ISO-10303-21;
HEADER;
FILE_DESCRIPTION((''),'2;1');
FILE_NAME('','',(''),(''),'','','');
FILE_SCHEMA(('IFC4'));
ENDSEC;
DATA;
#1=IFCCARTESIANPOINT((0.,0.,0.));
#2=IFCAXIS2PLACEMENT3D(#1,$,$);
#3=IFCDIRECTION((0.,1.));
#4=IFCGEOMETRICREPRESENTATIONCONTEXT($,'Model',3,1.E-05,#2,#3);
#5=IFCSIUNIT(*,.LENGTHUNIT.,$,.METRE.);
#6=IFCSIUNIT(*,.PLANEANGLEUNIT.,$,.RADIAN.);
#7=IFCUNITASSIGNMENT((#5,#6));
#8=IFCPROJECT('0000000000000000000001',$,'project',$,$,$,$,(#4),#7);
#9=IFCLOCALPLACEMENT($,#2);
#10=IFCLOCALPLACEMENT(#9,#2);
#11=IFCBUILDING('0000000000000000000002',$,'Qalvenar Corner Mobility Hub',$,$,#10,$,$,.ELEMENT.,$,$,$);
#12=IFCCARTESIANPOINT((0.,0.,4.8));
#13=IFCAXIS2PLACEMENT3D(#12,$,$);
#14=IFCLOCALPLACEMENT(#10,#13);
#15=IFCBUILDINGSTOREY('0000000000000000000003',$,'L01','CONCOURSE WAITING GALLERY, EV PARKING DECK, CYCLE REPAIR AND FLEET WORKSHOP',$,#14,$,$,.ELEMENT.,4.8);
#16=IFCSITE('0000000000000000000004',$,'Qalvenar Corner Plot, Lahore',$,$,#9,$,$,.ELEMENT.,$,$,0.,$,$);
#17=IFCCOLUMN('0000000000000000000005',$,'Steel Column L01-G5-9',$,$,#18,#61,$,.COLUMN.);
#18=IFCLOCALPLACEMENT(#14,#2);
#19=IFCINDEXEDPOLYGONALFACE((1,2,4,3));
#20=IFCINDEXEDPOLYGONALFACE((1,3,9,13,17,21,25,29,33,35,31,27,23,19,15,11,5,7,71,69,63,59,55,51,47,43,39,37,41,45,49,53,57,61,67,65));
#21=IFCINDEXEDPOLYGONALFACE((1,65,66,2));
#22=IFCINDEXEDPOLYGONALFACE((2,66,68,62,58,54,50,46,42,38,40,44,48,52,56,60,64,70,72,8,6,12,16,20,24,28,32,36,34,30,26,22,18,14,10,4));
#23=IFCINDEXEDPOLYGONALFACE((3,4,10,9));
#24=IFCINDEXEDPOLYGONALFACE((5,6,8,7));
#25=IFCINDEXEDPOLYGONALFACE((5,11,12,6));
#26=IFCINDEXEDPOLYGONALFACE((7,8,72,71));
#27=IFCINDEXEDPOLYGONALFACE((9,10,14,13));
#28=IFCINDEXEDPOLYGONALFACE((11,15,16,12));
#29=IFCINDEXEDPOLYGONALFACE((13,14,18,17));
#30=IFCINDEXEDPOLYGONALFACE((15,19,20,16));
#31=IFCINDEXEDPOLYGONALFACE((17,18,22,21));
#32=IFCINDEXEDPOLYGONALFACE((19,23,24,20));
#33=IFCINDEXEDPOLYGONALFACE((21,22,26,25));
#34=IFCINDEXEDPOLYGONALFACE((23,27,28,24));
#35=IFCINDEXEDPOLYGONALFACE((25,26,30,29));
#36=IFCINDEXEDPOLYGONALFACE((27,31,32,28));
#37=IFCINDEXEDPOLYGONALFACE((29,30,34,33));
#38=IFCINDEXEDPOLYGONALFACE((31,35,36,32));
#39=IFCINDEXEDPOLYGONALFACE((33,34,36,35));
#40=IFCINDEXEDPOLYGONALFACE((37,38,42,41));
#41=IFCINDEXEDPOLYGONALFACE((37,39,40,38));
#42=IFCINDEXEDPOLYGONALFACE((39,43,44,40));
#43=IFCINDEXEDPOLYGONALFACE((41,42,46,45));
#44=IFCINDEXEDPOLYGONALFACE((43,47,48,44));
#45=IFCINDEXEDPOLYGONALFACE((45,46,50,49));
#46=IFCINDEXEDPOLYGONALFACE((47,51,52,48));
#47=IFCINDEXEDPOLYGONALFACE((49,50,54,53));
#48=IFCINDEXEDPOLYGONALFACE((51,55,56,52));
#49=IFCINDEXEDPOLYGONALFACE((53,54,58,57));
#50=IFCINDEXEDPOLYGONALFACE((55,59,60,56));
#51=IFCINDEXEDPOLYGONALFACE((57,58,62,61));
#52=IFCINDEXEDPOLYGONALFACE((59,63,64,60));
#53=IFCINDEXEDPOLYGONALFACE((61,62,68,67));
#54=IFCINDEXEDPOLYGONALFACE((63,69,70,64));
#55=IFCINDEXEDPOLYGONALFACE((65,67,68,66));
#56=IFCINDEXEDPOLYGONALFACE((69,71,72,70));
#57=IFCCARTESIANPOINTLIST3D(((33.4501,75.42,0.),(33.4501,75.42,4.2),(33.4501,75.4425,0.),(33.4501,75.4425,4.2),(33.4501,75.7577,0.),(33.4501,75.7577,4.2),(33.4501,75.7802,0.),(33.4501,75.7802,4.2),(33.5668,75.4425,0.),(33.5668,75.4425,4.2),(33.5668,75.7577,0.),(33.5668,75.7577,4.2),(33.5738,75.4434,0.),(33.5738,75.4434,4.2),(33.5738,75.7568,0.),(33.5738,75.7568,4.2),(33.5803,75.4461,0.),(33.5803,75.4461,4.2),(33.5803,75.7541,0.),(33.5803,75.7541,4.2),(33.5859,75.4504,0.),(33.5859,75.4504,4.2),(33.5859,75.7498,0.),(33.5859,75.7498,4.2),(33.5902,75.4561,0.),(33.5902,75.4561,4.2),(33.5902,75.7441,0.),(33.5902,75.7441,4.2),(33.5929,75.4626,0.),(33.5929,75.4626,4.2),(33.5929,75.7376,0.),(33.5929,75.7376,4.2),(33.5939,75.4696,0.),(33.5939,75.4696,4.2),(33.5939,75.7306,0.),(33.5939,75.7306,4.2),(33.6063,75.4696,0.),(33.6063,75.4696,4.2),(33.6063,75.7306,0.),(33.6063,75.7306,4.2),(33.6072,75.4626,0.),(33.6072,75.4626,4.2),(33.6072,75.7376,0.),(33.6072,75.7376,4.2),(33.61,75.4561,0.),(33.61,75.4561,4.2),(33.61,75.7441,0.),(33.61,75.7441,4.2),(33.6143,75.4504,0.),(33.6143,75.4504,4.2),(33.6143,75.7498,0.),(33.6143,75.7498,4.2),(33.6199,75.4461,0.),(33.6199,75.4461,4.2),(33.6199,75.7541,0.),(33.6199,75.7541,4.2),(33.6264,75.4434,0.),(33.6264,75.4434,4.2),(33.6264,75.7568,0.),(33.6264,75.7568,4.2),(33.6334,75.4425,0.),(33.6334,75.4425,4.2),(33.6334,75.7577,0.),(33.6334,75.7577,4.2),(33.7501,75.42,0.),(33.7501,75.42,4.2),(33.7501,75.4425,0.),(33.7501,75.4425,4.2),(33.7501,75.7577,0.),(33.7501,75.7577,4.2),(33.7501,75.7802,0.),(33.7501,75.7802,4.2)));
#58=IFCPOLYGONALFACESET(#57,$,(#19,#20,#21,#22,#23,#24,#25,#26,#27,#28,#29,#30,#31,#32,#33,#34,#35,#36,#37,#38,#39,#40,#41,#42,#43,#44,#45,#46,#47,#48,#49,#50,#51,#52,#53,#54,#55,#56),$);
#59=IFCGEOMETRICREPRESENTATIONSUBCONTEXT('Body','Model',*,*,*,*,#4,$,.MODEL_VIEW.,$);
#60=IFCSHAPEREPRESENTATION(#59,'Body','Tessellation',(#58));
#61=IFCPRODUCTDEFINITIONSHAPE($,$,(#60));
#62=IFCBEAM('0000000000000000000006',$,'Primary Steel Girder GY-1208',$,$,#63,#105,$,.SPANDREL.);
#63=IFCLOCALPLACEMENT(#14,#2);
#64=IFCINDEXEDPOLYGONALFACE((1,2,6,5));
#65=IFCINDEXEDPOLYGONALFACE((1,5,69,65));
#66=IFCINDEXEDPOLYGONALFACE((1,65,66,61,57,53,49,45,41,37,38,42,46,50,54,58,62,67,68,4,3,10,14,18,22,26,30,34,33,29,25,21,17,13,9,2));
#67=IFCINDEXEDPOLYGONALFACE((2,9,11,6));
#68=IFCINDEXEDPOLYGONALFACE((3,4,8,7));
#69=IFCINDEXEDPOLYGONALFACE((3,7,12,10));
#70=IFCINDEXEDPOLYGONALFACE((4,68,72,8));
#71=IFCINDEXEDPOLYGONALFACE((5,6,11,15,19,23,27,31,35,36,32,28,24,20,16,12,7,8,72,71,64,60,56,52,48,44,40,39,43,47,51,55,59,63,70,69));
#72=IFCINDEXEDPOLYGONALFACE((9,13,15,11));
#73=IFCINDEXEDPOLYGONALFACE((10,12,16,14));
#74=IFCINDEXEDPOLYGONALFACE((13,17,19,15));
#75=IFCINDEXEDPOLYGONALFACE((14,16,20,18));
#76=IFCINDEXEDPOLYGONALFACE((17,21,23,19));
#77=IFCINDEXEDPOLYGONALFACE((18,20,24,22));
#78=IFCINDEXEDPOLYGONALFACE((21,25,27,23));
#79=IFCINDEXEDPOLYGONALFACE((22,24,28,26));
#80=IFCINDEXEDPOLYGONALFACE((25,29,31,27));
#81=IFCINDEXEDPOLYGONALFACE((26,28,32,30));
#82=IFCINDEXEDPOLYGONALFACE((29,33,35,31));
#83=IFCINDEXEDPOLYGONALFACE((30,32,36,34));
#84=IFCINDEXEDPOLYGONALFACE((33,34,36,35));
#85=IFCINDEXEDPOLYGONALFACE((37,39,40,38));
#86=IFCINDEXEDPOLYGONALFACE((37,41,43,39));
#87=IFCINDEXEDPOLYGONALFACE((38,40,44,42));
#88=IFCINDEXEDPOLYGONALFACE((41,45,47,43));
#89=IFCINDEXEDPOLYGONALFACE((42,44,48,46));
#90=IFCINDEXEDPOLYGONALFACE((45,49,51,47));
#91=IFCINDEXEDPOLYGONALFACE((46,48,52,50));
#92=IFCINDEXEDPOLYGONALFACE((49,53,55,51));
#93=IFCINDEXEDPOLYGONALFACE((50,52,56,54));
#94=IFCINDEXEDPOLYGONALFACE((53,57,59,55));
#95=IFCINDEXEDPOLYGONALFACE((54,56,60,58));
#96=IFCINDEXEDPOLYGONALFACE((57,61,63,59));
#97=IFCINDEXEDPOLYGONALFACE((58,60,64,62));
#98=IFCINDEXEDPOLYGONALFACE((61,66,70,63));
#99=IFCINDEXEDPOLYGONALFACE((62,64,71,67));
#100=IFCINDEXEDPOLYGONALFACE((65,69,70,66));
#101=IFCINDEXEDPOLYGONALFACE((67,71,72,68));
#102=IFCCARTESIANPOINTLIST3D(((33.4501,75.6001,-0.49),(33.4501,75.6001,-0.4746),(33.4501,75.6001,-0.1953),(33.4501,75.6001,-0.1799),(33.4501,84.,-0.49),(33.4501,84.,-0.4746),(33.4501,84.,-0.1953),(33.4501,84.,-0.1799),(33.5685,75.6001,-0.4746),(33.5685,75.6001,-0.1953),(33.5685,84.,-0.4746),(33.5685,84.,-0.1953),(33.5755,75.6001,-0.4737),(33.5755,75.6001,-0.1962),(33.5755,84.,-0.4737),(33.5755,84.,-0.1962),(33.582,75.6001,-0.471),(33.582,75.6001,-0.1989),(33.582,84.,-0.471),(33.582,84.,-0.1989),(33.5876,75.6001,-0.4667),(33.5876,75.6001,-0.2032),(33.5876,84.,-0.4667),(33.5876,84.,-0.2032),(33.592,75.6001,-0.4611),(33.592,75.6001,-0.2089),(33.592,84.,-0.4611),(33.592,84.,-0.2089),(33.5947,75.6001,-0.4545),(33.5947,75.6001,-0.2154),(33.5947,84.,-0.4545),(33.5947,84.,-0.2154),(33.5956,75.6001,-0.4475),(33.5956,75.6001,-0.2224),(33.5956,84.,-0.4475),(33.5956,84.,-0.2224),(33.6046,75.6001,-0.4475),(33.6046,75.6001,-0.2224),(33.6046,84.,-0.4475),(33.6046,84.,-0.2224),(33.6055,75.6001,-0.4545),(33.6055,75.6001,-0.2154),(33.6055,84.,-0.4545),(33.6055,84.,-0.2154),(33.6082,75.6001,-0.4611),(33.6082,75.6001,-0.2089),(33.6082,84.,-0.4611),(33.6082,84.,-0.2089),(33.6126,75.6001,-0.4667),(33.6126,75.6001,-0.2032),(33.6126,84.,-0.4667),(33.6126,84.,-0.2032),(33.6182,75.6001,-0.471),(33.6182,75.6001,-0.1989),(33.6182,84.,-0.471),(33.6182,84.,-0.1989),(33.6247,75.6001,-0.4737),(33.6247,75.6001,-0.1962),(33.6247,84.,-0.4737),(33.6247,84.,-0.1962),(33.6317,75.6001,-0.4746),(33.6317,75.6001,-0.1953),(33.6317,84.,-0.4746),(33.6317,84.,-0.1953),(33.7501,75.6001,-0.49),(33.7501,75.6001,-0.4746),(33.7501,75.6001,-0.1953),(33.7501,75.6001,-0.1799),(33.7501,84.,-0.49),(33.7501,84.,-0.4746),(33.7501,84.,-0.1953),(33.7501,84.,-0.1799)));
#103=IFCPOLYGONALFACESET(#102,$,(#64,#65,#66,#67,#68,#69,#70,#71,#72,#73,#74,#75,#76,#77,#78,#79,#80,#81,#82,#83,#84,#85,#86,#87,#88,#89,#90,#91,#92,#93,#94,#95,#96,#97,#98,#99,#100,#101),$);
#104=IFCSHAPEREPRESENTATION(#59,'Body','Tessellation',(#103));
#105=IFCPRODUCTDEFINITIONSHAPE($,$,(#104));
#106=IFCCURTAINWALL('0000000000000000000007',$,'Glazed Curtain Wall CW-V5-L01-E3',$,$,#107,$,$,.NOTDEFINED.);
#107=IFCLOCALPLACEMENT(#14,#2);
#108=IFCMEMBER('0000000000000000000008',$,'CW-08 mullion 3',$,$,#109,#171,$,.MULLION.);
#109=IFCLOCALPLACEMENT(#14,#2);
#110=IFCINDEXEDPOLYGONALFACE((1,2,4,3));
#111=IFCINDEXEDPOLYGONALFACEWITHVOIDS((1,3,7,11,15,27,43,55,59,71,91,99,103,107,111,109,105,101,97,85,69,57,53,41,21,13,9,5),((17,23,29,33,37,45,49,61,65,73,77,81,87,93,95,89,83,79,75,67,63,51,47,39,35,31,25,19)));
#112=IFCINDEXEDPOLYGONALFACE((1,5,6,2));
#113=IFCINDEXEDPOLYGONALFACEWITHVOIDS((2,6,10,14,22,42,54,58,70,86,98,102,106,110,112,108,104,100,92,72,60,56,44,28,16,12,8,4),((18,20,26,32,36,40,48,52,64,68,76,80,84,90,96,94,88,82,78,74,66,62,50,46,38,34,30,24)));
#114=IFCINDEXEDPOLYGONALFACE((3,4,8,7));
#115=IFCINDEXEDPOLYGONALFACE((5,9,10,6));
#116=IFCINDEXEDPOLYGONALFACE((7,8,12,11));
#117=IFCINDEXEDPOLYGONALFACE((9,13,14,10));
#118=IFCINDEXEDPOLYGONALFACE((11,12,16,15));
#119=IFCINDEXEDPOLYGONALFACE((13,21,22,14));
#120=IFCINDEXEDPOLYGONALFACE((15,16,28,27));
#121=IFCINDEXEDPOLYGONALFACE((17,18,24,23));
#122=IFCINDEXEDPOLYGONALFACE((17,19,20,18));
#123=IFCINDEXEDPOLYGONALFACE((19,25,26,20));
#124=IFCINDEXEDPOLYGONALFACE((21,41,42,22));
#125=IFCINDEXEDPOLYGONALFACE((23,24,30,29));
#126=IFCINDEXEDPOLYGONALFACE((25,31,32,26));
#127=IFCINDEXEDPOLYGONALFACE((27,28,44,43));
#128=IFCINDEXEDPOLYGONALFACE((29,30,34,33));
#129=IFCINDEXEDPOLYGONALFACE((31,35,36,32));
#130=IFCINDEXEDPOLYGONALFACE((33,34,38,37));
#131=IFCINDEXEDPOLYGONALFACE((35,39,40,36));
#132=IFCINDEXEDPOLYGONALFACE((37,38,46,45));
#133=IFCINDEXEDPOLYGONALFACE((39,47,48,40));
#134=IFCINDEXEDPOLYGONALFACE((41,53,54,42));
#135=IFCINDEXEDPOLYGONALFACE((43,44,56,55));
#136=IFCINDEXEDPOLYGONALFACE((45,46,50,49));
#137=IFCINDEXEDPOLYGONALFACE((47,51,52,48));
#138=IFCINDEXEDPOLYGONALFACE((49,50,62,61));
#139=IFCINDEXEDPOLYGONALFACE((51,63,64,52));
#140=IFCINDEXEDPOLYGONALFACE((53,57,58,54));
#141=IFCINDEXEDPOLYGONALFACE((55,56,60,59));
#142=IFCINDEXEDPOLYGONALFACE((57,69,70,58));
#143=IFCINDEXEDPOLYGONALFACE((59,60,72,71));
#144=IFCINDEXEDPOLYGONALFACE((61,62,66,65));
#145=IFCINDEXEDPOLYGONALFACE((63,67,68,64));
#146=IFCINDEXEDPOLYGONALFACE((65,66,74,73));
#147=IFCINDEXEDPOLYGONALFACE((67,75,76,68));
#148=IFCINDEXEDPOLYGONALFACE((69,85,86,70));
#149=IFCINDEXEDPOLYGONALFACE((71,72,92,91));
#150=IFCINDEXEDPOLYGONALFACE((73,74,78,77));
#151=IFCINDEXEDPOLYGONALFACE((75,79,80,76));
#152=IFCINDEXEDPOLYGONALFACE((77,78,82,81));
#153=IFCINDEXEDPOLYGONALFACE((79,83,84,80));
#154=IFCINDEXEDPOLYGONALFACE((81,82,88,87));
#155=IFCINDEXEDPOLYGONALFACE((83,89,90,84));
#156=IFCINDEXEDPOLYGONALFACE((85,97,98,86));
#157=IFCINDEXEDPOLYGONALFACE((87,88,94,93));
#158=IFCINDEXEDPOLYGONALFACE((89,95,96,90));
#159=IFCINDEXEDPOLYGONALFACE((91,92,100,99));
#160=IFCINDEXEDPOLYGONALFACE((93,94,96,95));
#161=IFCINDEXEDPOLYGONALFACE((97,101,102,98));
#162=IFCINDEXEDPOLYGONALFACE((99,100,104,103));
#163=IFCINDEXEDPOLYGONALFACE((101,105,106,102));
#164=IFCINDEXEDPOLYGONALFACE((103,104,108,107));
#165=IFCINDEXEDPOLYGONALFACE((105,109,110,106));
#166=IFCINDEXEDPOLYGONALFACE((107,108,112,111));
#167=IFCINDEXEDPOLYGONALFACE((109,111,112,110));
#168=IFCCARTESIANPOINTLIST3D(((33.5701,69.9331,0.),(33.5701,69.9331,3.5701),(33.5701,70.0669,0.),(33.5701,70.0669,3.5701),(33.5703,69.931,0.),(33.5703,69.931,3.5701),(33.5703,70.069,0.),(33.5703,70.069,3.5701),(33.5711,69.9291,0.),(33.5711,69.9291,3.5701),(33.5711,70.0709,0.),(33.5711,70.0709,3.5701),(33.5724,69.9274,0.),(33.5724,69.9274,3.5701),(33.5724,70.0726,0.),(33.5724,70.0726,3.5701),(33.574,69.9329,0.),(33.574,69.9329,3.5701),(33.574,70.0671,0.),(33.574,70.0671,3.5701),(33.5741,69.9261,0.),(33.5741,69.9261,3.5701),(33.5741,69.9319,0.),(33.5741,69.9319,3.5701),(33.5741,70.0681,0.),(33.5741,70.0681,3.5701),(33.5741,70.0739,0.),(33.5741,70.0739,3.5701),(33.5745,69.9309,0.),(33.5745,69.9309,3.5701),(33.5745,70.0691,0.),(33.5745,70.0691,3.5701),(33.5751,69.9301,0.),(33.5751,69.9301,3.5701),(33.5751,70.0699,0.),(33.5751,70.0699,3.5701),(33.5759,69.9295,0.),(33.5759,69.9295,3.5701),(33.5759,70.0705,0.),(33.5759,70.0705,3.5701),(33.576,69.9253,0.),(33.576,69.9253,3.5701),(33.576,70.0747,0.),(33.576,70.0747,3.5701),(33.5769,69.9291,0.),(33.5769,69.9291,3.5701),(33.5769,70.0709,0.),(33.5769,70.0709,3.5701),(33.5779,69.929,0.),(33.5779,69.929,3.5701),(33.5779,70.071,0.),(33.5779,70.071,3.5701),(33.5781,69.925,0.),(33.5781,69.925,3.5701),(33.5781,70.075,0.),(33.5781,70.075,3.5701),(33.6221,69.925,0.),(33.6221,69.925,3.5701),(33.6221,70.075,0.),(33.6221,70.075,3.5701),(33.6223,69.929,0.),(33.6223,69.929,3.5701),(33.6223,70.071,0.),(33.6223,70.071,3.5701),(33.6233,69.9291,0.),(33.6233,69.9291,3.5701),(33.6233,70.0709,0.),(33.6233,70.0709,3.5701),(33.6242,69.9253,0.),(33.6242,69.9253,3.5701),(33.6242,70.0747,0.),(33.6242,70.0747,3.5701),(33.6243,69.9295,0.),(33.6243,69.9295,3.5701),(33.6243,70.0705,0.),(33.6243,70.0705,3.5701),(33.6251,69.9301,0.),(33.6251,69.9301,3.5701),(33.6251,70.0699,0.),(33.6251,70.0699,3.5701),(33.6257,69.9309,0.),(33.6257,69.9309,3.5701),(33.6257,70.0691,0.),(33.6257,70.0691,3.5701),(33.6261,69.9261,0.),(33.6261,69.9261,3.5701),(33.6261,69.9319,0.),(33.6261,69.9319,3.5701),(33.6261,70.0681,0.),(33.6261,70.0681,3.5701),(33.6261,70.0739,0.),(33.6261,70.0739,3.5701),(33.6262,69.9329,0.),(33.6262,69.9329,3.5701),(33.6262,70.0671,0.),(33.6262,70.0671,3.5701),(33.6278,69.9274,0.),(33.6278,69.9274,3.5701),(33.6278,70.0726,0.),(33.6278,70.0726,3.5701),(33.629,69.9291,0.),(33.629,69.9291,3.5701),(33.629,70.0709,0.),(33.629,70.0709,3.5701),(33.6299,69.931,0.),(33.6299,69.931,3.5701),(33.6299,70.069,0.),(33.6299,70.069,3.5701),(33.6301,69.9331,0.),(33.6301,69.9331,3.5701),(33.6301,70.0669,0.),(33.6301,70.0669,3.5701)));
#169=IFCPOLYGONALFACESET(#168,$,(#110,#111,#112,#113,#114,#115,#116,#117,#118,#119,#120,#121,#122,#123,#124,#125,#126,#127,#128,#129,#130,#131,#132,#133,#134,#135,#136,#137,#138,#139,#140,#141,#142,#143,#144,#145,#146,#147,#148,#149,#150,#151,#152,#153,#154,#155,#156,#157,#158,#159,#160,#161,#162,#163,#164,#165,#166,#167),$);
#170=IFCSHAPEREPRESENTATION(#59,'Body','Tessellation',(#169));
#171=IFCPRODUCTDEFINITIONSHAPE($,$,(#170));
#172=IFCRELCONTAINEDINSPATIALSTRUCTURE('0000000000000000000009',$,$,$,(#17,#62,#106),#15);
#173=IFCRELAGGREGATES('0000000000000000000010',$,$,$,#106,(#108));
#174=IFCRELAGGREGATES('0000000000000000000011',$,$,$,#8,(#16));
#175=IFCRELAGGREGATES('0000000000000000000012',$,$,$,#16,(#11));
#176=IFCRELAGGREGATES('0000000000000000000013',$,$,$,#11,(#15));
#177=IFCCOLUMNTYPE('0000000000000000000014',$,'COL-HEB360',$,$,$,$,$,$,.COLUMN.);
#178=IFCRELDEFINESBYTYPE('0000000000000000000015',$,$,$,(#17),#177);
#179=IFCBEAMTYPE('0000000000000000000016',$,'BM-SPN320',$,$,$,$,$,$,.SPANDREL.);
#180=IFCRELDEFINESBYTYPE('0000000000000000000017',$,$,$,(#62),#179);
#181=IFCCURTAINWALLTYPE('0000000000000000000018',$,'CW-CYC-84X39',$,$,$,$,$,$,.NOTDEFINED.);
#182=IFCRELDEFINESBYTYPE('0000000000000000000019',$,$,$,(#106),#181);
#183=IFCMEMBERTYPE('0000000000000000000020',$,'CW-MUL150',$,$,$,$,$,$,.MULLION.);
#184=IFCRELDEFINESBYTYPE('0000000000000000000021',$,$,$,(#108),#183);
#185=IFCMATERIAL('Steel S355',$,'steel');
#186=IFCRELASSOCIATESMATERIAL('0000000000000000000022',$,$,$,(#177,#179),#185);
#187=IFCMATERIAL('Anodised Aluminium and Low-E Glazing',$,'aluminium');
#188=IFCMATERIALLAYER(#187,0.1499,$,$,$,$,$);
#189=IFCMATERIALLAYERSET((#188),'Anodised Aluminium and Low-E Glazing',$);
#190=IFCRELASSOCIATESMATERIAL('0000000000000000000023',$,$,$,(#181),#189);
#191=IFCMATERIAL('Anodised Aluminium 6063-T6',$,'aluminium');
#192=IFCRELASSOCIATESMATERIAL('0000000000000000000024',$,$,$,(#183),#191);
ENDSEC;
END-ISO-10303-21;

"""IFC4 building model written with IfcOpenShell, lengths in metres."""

from ifc_helpers import new_model, si_unit, direction, frame, origin, origin_2d, place, context, subcontext, project, spatial, hollow_rectangle, i_section, extrude, material, layer, layer_set, material_profile, profile_set, type_object, element, aggregate, save


model = new_model("IFC4")

# Units and contexts
model_context = context("Model", 3, precision=1e-05, world=origin(), true_north=direction((0.0, 1.0)))
body_context = subcontext(model_context, "Body", "Model", "MODEL_VIEW")
ifc_project = project(units=[si_unit("LENGTHUNIT", "METRE"), si_unit("PLANEANGLEUNIT", "RADIAN")], contexts=[model_context])

# Site, building, storey
site_placement = place(None, origin())
site = spatial("IfcSite", under=ifc_project, at=site_placement, Name="Qalvenar Corner Plot, Lahore", CompositionType="ELEMENT", RefElevation=0.0)
building_placement = place(site_placement, origin())
building = spatial("IfcBuilding", under=site, at=building_placement, Name="Qalvenar Corner Mobility Hub", CompositionType="ELEMENT")
storey_placement = place(building_placement, frame((0.0, 0.0, 4.8)))
storey = spatial("IfcBuildingStorey", under=building, at=storey_placement, Name="L01", Description="CONCOURSE WAITING GALLERY, EV PARKING DECK, CYCLE REPAIR AND FLEET WORKSHOP", CompositionType="ELEMENT", Elevation=4.8)

# Column
ifc_material_1 = material(Name="Steel S355", Category="steel")
ifc_material_profile_1 = material_profile(ifc_material_1, i_section(OverallWidth=0.3, OverallDepth=0.3601, WebThickness=0.0125, FlangeThickness=0.0225, FilletRadius=0.0271, at=origin_2d()), Name="HEB360")
ifc_profile_set_1 = profile_set([ifc_material_profile_1], Name="Steel S355")
column_type = type_object("IfcColumnType", Name="COL-HEB360", PredefinedType="COLUMN", material=ifc_profile_set_1)
column_placement = place(storey_placement, frame((33.6001, 75.6001, 0.0), z_axis=(0.0, 0.0, 1.0), x_axis=(1.0, 0.0, 0.0)))
element("IfcColumn", 1, at=column_placement, inside=storey, type_object=column_type, Name="Steel Column L01-G5-9", PredefinedType="COLUMN", context=body_context, shape_type="SweptSolid", body=[
    extrude(i_section(OverallWidth=0.3, OverallDepth=0.3601, WebThickness=0.0125, FlangeThickness=0.0225, FilletRadius=0.0271, at=origin_2d()), origin(), (0.0, 0.0, 1.0), 4.2),
])

# Beam
ifc_material_profile_2 = material_profile(ifc_material_1, i_section(OverallWidth=0.3, OverallDepth=0.3101, WebThickness=0.009, FlangeThickness=0.0154, FilletRadius=0.0271, at=origin_2d()), Name="HEA320")
ifc_profile_set_2 = profile_set([ifc_material_profile_2], Name="Steel S355")
beam_type = type_object("IfcBeamType", Name="BM-SPN320", PredefinedType="SPANDREL", material=ifc_profile_set_2)
beam_placement = place(storey_placement, frame((33.6001, 75.6001, -0.335), z_axis=(0.0, 1.0, 0.0), x_axis=(-1.0, 0.0, 0.0)))
element("IfcBeam", 2, at=beam_placement, inside=storey, type_object=beam_type, Name="Primary Steel Girder GY-1208", PredefinedType="SPANDREL", context=body_context, shape_type="SweptSolid", body=[
    extrude(i_section(OverallWidth=0.3, OverallDepth=0.3101, WebThickness=0.009, FlangeThickness=0.0154, FilletRadius=0.0271, at=origin_2d()), origin(), (0.0, 0.0, 1.0), 8.3999),
])

# Curtain wall, member
ifc_material_2 = material(Name="Anodised Aluminium and Low-E Glazing", Category="aluminium")
ifc_layer_1 = layer(ifc_material_2, 0.1499)
ifc_layer_set_1 = layer_set([ifc_layer_1], Name="Anodised Aluminium and Low-E Glazing")
curtain_wall_type = type_object("IfcCurtainWallType", Name="CW-CYC-84X39", PredefinedType="NOTDEFINED", material=ifc_layer_set_1)
curtain_wall_placement = place(storey_placement, origin())
curtain_wall = element("IfcCurtainWall", 3, at=curtain_wall_placement, inside=storey, type_object=curtain_wall_type, Name="Glazed Curtain Wall CW-V5-L01-E3", PredefinedType="NOTDEFINED")
ifc_material_3 = material(Name="Anodised Aluminium 6063-T6", Category="aluminium")
ifc_material_profile_3 = material_profile(ifc_material_3, hollow_rectangle(XDim=0.0601, YDim=0.1499, WallThickness=0.0039, InnerFilletRadius=0.0039, OuterFilletRadius=0.0081, at=origin_2d()), Name="RHS150x60x4")
ifc_profile_set_3 = profile_set([ifc_material_profile_3], Name="Anodised Aluminium 6063-T6")
member_type_1 = type_object("IfcMemberType", Name="CW-MUL150", PredefinedType="MULLION", material=ifc_profile_set_3)
member_1_placement = place(storey_placement, frame((33.6001, 70.0, 0.0), z_axis=(0.0, 0.0, 1.0), x_axis=(-1.0, 0.0, 0.0)))
member_1 = element("IfcMember", 4, at=member_1_placement, type_object=member_type_1, Name="CW-08 mullion 3", PredefinedType="MULLION", context=body_context, shape_type="SweptSolid", body=[
    extrude(hollow_rectangle(XDim=0.0601, YDim=0.1499, WallThickness=0.0039, InnerFilletRadius=0.0039, OuterFilletRadius=0.0081, at=origin_2d()), origin(), (0.0, 0.0, 1.0), 3.5701),
])
aggregate(curtain_wall, [member_1])

save(model, "model.ifc")
